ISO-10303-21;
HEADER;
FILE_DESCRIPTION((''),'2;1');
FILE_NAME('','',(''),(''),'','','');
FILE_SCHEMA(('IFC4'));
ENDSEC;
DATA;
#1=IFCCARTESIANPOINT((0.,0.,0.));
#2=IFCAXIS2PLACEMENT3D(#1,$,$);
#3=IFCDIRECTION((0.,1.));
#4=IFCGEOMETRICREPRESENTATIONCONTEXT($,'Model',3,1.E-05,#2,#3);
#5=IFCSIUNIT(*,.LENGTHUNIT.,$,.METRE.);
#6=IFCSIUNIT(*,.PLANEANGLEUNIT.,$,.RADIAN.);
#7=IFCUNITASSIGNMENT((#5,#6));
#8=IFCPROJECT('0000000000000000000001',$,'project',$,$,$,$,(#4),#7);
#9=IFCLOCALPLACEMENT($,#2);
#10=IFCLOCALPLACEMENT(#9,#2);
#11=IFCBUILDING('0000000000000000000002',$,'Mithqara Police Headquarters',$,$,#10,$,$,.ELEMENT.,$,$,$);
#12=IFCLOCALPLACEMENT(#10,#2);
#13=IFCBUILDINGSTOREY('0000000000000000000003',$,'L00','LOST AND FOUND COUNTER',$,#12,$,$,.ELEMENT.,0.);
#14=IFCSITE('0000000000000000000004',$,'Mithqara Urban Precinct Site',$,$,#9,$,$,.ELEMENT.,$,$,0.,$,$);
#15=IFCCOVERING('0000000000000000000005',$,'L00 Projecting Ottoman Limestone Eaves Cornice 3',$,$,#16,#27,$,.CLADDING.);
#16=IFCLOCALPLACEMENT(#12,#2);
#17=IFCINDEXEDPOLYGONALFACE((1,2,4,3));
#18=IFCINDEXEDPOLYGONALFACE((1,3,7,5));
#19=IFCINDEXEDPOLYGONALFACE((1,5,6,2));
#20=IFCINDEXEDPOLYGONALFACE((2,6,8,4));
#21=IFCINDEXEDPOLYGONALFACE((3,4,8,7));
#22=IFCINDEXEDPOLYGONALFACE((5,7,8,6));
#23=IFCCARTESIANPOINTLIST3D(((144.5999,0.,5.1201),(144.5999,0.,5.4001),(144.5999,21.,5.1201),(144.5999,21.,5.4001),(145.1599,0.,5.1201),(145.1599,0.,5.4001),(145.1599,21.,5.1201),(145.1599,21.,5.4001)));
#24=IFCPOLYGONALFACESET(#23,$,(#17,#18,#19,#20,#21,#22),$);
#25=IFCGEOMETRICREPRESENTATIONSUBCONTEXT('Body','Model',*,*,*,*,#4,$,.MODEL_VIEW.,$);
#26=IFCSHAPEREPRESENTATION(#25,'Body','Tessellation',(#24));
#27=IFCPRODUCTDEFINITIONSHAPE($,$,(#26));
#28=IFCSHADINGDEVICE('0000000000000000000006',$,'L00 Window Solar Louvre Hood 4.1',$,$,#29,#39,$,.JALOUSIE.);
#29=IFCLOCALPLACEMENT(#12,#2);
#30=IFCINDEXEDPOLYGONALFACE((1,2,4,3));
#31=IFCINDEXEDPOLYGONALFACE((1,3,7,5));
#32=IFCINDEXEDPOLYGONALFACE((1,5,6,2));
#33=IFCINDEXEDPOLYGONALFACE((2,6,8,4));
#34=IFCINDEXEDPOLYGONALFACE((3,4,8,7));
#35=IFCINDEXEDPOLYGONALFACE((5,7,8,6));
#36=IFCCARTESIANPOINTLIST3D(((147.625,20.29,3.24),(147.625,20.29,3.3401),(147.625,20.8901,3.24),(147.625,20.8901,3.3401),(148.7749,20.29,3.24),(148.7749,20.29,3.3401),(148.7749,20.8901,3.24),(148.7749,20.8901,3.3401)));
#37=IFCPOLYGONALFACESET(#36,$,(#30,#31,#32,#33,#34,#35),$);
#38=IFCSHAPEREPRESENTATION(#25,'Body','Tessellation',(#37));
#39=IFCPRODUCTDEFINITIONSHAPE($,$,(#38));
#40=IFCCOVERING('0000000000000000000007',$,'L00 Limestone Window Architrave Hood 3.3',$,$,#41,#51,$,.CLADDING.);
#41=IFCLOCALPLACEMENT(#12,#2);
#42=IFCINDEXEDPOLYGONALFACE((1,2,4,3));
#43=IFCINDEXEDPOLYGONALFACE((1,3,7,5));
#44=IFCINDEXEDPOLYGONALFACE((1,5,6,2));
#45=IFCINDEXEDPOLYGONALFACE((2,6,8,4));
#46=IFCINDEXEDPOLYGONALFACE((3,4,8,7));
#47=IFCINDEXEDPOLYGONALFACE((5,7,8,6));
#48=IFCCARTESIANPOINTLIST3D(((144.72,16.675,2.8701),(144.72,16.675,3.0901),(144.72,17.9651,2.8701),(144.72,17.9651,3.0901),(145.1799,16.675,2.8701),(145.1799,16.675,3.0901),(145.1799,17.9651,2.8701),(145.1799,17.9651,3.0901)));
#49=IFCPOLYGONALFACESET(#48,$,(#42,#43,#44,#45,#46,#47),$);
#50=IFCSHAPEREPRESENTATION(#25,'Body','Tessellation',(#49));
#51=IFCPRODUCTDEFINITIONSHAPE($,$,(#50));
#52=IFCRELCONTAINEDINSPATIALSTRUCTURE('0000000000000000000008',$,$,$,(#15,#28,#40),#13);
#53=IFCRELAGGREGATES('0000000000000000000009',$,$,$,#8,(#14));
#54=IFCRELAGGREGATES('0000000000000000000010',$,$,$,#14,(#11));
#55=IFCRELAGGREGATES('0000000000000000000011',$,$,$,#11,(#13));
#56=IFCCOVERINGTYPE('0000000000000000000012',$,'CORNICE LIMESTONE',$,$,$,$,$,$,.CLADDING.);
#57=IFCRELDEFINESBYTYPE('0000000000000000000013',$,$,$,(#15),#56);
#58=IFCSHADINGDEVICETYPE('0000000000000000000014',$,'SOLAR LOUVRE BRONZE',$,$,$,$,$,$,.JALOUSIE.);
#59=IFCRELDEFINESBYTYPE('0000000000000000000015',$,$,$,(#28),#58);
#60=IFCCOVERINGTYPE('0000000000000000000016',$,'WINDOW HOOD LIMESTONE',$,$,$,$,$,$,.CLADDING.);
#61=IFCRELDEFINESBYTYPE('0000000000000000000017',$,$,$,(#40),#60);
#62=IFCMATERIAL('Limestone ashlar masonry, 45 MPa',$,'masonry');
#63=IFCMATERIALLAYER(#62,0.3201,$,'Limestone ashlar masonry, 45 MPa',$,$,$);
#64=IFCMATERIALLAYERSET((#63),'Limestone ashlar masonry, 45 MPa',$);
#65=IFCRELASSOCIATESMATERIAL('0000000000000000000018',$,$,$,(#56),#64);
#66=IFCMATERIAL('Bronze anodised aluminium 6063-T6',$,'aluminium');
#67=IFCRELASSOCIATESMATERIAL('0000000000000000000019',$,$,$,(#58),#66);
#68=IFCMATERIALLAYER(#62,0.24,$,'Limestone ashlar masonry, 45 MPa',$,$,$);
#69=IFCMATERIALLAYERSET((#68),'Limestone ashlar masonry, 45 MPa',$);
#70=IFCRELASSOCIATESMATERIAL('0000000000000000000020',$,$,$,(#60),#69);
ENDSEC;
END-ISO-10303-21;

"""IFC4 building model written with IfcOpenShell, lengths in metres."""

from ifc_helpers import new_model, si_unit, direction, frame, origin, origin_2d, place, context, subcontext, project, spatial, rectangle, extrude, material, layer, layer_set, type_object, element, save


model = new_model("IFC4")

# Units and contexts
model_context = context("Model", 3, precision=1e-05, world=origin(), true_north=direction((0.0, 1.0)))
body_context = subcontext(model_context, "Body", "Model", "MODEL_VIEW")
ifc_project = project(units=[si_unit("LENGTHUNIT", "METRE"), si_unit("PLANEANGLEUNIT", "RADIAN")], contexts=[model_context])

# Site, building, storey
site_placement = place(None, origin())
site = spatial("IfcSite", under=ifc_project, at=site_placement, Name="Mithqara Urban Precinct Site", CompositionType="ELEMENT", RefElevation=0.0)
building_placement = place(site_placement, origin())
building = spatial("IfcBuilding", under=site, at=building_placement, Name="Mithqara Police Headquarters", CompositionType="ELEMENT")
storey_placement = place(building_placement, origin())
storey = spatial("IfcBuildingStorey", under=building, at=storey_placement, Name="L00", Description="LOST AND FOUND COUNTER", CompositionType="ELEMENT", Elevation=0.0)

# Covering
ifc_material_1 = material(Name="Limestone ashlar masonry, 45 MPa", Category="masonry")
ifc_layer_1 = layer(ifc_material_1, 0.3201, Name="Limestone ashlar masonry, 45 MPa")
ifc_layer_set_1 = layer_set([ifc_layer_1], Name="Limestone ashlar masonry, 45 MPa")
covering_type_1 = type_object("IfcCoveringType", Name="CORNICE LIMESTONE", PredefinedType="CLADDING", material=ifc_layer_set_1)
covering_1_placement = place(storey_placement, frame((144.8799, 10.5, 5.1201), z_axis=(0.0, 0.0, 1.0), x_axis=(0.0, 1.0, 0.0)))
element("IfcCovering", 1, at=covering_1_placement, inside=storey, type_object=covering_type_1, Name="L00 Projecting Ottoman Limestone Eaves Cornice 3", PredefinedType="CLADDING", context=body_context, shape_type="SweptSolid", body=[
    extrude(rectangle(XDim=21.0, YDim=0.5601, at=origin_2d()), origin(), (0.0, 0.0, 1.0), 0.28),
])

# Shading device
ifc_material_2 = material(Name="Bronze anodised aluminium 6063-T6", Category="aluminium")
shading_device_type = type_object("IfcShadingDeviceType", Name="SOLAR LOUVRE BRONZE", PredefinedType="JALOUSIE", material=ifc_material_2)
shading_device_placement = place(storey_placement, frame((148.2, 20.5901, 3.24), z_axis=(0.0, 0.0, 1.0), x_axis=(1.0, 0.0, 0.0)))
element("IfcShadingDevice", 2, at=shading_device_placement, inside=storey, type_object=shading_device_type, Name="L00 Window Solar Louvre Hood 4.1", PredefinedType="JALOUSIE", context=body_context, shape_type="SweptSolid", body=[
    extrude(rectangle(XDim=1.1499, YDim=0.6001, at=origin_2d()), origin(), (0.0, 0.0, 1.0), 0.1001),
])

# Covering
ifc_layer_2 = layer(ifc_material_1, 0.24, Name="Limestone ashlar masonry, 45 MPa")
ifc_layer_set_2 = layer_set([ifc_layer_2], Name="Limestone ashlar masonry, 45 MPa")
covering_type_2 = type_object("IfcCoveringType", Name="WINDOW HOOD LIMESTONE", PredefinedType="CLADDING", material=ifc_layer_set_2)
covering_2_placement = place(storey_placement, frame((144.95, 17.3201, 2.8701), z_axis=(0.0, 0.0, 1.0), x_axis=(0.0, 1.0, 0.0)))
element("IfcCovering", 3, at=covering_2_placement, inside=storey, type_object=covering_type_2, Name="L00 Limestone Window Architrave Hood 3.3", PredefinedType="CLADDING", context=body_context, shape_type="SweptSolid", body=[
    extrude(rectangle(XDim=1.29, YDim=0.46, at=origin_2d()), origin(), (0.0, 0.0, 1.0), 0.22),
])

save(model, "model.ifc")
